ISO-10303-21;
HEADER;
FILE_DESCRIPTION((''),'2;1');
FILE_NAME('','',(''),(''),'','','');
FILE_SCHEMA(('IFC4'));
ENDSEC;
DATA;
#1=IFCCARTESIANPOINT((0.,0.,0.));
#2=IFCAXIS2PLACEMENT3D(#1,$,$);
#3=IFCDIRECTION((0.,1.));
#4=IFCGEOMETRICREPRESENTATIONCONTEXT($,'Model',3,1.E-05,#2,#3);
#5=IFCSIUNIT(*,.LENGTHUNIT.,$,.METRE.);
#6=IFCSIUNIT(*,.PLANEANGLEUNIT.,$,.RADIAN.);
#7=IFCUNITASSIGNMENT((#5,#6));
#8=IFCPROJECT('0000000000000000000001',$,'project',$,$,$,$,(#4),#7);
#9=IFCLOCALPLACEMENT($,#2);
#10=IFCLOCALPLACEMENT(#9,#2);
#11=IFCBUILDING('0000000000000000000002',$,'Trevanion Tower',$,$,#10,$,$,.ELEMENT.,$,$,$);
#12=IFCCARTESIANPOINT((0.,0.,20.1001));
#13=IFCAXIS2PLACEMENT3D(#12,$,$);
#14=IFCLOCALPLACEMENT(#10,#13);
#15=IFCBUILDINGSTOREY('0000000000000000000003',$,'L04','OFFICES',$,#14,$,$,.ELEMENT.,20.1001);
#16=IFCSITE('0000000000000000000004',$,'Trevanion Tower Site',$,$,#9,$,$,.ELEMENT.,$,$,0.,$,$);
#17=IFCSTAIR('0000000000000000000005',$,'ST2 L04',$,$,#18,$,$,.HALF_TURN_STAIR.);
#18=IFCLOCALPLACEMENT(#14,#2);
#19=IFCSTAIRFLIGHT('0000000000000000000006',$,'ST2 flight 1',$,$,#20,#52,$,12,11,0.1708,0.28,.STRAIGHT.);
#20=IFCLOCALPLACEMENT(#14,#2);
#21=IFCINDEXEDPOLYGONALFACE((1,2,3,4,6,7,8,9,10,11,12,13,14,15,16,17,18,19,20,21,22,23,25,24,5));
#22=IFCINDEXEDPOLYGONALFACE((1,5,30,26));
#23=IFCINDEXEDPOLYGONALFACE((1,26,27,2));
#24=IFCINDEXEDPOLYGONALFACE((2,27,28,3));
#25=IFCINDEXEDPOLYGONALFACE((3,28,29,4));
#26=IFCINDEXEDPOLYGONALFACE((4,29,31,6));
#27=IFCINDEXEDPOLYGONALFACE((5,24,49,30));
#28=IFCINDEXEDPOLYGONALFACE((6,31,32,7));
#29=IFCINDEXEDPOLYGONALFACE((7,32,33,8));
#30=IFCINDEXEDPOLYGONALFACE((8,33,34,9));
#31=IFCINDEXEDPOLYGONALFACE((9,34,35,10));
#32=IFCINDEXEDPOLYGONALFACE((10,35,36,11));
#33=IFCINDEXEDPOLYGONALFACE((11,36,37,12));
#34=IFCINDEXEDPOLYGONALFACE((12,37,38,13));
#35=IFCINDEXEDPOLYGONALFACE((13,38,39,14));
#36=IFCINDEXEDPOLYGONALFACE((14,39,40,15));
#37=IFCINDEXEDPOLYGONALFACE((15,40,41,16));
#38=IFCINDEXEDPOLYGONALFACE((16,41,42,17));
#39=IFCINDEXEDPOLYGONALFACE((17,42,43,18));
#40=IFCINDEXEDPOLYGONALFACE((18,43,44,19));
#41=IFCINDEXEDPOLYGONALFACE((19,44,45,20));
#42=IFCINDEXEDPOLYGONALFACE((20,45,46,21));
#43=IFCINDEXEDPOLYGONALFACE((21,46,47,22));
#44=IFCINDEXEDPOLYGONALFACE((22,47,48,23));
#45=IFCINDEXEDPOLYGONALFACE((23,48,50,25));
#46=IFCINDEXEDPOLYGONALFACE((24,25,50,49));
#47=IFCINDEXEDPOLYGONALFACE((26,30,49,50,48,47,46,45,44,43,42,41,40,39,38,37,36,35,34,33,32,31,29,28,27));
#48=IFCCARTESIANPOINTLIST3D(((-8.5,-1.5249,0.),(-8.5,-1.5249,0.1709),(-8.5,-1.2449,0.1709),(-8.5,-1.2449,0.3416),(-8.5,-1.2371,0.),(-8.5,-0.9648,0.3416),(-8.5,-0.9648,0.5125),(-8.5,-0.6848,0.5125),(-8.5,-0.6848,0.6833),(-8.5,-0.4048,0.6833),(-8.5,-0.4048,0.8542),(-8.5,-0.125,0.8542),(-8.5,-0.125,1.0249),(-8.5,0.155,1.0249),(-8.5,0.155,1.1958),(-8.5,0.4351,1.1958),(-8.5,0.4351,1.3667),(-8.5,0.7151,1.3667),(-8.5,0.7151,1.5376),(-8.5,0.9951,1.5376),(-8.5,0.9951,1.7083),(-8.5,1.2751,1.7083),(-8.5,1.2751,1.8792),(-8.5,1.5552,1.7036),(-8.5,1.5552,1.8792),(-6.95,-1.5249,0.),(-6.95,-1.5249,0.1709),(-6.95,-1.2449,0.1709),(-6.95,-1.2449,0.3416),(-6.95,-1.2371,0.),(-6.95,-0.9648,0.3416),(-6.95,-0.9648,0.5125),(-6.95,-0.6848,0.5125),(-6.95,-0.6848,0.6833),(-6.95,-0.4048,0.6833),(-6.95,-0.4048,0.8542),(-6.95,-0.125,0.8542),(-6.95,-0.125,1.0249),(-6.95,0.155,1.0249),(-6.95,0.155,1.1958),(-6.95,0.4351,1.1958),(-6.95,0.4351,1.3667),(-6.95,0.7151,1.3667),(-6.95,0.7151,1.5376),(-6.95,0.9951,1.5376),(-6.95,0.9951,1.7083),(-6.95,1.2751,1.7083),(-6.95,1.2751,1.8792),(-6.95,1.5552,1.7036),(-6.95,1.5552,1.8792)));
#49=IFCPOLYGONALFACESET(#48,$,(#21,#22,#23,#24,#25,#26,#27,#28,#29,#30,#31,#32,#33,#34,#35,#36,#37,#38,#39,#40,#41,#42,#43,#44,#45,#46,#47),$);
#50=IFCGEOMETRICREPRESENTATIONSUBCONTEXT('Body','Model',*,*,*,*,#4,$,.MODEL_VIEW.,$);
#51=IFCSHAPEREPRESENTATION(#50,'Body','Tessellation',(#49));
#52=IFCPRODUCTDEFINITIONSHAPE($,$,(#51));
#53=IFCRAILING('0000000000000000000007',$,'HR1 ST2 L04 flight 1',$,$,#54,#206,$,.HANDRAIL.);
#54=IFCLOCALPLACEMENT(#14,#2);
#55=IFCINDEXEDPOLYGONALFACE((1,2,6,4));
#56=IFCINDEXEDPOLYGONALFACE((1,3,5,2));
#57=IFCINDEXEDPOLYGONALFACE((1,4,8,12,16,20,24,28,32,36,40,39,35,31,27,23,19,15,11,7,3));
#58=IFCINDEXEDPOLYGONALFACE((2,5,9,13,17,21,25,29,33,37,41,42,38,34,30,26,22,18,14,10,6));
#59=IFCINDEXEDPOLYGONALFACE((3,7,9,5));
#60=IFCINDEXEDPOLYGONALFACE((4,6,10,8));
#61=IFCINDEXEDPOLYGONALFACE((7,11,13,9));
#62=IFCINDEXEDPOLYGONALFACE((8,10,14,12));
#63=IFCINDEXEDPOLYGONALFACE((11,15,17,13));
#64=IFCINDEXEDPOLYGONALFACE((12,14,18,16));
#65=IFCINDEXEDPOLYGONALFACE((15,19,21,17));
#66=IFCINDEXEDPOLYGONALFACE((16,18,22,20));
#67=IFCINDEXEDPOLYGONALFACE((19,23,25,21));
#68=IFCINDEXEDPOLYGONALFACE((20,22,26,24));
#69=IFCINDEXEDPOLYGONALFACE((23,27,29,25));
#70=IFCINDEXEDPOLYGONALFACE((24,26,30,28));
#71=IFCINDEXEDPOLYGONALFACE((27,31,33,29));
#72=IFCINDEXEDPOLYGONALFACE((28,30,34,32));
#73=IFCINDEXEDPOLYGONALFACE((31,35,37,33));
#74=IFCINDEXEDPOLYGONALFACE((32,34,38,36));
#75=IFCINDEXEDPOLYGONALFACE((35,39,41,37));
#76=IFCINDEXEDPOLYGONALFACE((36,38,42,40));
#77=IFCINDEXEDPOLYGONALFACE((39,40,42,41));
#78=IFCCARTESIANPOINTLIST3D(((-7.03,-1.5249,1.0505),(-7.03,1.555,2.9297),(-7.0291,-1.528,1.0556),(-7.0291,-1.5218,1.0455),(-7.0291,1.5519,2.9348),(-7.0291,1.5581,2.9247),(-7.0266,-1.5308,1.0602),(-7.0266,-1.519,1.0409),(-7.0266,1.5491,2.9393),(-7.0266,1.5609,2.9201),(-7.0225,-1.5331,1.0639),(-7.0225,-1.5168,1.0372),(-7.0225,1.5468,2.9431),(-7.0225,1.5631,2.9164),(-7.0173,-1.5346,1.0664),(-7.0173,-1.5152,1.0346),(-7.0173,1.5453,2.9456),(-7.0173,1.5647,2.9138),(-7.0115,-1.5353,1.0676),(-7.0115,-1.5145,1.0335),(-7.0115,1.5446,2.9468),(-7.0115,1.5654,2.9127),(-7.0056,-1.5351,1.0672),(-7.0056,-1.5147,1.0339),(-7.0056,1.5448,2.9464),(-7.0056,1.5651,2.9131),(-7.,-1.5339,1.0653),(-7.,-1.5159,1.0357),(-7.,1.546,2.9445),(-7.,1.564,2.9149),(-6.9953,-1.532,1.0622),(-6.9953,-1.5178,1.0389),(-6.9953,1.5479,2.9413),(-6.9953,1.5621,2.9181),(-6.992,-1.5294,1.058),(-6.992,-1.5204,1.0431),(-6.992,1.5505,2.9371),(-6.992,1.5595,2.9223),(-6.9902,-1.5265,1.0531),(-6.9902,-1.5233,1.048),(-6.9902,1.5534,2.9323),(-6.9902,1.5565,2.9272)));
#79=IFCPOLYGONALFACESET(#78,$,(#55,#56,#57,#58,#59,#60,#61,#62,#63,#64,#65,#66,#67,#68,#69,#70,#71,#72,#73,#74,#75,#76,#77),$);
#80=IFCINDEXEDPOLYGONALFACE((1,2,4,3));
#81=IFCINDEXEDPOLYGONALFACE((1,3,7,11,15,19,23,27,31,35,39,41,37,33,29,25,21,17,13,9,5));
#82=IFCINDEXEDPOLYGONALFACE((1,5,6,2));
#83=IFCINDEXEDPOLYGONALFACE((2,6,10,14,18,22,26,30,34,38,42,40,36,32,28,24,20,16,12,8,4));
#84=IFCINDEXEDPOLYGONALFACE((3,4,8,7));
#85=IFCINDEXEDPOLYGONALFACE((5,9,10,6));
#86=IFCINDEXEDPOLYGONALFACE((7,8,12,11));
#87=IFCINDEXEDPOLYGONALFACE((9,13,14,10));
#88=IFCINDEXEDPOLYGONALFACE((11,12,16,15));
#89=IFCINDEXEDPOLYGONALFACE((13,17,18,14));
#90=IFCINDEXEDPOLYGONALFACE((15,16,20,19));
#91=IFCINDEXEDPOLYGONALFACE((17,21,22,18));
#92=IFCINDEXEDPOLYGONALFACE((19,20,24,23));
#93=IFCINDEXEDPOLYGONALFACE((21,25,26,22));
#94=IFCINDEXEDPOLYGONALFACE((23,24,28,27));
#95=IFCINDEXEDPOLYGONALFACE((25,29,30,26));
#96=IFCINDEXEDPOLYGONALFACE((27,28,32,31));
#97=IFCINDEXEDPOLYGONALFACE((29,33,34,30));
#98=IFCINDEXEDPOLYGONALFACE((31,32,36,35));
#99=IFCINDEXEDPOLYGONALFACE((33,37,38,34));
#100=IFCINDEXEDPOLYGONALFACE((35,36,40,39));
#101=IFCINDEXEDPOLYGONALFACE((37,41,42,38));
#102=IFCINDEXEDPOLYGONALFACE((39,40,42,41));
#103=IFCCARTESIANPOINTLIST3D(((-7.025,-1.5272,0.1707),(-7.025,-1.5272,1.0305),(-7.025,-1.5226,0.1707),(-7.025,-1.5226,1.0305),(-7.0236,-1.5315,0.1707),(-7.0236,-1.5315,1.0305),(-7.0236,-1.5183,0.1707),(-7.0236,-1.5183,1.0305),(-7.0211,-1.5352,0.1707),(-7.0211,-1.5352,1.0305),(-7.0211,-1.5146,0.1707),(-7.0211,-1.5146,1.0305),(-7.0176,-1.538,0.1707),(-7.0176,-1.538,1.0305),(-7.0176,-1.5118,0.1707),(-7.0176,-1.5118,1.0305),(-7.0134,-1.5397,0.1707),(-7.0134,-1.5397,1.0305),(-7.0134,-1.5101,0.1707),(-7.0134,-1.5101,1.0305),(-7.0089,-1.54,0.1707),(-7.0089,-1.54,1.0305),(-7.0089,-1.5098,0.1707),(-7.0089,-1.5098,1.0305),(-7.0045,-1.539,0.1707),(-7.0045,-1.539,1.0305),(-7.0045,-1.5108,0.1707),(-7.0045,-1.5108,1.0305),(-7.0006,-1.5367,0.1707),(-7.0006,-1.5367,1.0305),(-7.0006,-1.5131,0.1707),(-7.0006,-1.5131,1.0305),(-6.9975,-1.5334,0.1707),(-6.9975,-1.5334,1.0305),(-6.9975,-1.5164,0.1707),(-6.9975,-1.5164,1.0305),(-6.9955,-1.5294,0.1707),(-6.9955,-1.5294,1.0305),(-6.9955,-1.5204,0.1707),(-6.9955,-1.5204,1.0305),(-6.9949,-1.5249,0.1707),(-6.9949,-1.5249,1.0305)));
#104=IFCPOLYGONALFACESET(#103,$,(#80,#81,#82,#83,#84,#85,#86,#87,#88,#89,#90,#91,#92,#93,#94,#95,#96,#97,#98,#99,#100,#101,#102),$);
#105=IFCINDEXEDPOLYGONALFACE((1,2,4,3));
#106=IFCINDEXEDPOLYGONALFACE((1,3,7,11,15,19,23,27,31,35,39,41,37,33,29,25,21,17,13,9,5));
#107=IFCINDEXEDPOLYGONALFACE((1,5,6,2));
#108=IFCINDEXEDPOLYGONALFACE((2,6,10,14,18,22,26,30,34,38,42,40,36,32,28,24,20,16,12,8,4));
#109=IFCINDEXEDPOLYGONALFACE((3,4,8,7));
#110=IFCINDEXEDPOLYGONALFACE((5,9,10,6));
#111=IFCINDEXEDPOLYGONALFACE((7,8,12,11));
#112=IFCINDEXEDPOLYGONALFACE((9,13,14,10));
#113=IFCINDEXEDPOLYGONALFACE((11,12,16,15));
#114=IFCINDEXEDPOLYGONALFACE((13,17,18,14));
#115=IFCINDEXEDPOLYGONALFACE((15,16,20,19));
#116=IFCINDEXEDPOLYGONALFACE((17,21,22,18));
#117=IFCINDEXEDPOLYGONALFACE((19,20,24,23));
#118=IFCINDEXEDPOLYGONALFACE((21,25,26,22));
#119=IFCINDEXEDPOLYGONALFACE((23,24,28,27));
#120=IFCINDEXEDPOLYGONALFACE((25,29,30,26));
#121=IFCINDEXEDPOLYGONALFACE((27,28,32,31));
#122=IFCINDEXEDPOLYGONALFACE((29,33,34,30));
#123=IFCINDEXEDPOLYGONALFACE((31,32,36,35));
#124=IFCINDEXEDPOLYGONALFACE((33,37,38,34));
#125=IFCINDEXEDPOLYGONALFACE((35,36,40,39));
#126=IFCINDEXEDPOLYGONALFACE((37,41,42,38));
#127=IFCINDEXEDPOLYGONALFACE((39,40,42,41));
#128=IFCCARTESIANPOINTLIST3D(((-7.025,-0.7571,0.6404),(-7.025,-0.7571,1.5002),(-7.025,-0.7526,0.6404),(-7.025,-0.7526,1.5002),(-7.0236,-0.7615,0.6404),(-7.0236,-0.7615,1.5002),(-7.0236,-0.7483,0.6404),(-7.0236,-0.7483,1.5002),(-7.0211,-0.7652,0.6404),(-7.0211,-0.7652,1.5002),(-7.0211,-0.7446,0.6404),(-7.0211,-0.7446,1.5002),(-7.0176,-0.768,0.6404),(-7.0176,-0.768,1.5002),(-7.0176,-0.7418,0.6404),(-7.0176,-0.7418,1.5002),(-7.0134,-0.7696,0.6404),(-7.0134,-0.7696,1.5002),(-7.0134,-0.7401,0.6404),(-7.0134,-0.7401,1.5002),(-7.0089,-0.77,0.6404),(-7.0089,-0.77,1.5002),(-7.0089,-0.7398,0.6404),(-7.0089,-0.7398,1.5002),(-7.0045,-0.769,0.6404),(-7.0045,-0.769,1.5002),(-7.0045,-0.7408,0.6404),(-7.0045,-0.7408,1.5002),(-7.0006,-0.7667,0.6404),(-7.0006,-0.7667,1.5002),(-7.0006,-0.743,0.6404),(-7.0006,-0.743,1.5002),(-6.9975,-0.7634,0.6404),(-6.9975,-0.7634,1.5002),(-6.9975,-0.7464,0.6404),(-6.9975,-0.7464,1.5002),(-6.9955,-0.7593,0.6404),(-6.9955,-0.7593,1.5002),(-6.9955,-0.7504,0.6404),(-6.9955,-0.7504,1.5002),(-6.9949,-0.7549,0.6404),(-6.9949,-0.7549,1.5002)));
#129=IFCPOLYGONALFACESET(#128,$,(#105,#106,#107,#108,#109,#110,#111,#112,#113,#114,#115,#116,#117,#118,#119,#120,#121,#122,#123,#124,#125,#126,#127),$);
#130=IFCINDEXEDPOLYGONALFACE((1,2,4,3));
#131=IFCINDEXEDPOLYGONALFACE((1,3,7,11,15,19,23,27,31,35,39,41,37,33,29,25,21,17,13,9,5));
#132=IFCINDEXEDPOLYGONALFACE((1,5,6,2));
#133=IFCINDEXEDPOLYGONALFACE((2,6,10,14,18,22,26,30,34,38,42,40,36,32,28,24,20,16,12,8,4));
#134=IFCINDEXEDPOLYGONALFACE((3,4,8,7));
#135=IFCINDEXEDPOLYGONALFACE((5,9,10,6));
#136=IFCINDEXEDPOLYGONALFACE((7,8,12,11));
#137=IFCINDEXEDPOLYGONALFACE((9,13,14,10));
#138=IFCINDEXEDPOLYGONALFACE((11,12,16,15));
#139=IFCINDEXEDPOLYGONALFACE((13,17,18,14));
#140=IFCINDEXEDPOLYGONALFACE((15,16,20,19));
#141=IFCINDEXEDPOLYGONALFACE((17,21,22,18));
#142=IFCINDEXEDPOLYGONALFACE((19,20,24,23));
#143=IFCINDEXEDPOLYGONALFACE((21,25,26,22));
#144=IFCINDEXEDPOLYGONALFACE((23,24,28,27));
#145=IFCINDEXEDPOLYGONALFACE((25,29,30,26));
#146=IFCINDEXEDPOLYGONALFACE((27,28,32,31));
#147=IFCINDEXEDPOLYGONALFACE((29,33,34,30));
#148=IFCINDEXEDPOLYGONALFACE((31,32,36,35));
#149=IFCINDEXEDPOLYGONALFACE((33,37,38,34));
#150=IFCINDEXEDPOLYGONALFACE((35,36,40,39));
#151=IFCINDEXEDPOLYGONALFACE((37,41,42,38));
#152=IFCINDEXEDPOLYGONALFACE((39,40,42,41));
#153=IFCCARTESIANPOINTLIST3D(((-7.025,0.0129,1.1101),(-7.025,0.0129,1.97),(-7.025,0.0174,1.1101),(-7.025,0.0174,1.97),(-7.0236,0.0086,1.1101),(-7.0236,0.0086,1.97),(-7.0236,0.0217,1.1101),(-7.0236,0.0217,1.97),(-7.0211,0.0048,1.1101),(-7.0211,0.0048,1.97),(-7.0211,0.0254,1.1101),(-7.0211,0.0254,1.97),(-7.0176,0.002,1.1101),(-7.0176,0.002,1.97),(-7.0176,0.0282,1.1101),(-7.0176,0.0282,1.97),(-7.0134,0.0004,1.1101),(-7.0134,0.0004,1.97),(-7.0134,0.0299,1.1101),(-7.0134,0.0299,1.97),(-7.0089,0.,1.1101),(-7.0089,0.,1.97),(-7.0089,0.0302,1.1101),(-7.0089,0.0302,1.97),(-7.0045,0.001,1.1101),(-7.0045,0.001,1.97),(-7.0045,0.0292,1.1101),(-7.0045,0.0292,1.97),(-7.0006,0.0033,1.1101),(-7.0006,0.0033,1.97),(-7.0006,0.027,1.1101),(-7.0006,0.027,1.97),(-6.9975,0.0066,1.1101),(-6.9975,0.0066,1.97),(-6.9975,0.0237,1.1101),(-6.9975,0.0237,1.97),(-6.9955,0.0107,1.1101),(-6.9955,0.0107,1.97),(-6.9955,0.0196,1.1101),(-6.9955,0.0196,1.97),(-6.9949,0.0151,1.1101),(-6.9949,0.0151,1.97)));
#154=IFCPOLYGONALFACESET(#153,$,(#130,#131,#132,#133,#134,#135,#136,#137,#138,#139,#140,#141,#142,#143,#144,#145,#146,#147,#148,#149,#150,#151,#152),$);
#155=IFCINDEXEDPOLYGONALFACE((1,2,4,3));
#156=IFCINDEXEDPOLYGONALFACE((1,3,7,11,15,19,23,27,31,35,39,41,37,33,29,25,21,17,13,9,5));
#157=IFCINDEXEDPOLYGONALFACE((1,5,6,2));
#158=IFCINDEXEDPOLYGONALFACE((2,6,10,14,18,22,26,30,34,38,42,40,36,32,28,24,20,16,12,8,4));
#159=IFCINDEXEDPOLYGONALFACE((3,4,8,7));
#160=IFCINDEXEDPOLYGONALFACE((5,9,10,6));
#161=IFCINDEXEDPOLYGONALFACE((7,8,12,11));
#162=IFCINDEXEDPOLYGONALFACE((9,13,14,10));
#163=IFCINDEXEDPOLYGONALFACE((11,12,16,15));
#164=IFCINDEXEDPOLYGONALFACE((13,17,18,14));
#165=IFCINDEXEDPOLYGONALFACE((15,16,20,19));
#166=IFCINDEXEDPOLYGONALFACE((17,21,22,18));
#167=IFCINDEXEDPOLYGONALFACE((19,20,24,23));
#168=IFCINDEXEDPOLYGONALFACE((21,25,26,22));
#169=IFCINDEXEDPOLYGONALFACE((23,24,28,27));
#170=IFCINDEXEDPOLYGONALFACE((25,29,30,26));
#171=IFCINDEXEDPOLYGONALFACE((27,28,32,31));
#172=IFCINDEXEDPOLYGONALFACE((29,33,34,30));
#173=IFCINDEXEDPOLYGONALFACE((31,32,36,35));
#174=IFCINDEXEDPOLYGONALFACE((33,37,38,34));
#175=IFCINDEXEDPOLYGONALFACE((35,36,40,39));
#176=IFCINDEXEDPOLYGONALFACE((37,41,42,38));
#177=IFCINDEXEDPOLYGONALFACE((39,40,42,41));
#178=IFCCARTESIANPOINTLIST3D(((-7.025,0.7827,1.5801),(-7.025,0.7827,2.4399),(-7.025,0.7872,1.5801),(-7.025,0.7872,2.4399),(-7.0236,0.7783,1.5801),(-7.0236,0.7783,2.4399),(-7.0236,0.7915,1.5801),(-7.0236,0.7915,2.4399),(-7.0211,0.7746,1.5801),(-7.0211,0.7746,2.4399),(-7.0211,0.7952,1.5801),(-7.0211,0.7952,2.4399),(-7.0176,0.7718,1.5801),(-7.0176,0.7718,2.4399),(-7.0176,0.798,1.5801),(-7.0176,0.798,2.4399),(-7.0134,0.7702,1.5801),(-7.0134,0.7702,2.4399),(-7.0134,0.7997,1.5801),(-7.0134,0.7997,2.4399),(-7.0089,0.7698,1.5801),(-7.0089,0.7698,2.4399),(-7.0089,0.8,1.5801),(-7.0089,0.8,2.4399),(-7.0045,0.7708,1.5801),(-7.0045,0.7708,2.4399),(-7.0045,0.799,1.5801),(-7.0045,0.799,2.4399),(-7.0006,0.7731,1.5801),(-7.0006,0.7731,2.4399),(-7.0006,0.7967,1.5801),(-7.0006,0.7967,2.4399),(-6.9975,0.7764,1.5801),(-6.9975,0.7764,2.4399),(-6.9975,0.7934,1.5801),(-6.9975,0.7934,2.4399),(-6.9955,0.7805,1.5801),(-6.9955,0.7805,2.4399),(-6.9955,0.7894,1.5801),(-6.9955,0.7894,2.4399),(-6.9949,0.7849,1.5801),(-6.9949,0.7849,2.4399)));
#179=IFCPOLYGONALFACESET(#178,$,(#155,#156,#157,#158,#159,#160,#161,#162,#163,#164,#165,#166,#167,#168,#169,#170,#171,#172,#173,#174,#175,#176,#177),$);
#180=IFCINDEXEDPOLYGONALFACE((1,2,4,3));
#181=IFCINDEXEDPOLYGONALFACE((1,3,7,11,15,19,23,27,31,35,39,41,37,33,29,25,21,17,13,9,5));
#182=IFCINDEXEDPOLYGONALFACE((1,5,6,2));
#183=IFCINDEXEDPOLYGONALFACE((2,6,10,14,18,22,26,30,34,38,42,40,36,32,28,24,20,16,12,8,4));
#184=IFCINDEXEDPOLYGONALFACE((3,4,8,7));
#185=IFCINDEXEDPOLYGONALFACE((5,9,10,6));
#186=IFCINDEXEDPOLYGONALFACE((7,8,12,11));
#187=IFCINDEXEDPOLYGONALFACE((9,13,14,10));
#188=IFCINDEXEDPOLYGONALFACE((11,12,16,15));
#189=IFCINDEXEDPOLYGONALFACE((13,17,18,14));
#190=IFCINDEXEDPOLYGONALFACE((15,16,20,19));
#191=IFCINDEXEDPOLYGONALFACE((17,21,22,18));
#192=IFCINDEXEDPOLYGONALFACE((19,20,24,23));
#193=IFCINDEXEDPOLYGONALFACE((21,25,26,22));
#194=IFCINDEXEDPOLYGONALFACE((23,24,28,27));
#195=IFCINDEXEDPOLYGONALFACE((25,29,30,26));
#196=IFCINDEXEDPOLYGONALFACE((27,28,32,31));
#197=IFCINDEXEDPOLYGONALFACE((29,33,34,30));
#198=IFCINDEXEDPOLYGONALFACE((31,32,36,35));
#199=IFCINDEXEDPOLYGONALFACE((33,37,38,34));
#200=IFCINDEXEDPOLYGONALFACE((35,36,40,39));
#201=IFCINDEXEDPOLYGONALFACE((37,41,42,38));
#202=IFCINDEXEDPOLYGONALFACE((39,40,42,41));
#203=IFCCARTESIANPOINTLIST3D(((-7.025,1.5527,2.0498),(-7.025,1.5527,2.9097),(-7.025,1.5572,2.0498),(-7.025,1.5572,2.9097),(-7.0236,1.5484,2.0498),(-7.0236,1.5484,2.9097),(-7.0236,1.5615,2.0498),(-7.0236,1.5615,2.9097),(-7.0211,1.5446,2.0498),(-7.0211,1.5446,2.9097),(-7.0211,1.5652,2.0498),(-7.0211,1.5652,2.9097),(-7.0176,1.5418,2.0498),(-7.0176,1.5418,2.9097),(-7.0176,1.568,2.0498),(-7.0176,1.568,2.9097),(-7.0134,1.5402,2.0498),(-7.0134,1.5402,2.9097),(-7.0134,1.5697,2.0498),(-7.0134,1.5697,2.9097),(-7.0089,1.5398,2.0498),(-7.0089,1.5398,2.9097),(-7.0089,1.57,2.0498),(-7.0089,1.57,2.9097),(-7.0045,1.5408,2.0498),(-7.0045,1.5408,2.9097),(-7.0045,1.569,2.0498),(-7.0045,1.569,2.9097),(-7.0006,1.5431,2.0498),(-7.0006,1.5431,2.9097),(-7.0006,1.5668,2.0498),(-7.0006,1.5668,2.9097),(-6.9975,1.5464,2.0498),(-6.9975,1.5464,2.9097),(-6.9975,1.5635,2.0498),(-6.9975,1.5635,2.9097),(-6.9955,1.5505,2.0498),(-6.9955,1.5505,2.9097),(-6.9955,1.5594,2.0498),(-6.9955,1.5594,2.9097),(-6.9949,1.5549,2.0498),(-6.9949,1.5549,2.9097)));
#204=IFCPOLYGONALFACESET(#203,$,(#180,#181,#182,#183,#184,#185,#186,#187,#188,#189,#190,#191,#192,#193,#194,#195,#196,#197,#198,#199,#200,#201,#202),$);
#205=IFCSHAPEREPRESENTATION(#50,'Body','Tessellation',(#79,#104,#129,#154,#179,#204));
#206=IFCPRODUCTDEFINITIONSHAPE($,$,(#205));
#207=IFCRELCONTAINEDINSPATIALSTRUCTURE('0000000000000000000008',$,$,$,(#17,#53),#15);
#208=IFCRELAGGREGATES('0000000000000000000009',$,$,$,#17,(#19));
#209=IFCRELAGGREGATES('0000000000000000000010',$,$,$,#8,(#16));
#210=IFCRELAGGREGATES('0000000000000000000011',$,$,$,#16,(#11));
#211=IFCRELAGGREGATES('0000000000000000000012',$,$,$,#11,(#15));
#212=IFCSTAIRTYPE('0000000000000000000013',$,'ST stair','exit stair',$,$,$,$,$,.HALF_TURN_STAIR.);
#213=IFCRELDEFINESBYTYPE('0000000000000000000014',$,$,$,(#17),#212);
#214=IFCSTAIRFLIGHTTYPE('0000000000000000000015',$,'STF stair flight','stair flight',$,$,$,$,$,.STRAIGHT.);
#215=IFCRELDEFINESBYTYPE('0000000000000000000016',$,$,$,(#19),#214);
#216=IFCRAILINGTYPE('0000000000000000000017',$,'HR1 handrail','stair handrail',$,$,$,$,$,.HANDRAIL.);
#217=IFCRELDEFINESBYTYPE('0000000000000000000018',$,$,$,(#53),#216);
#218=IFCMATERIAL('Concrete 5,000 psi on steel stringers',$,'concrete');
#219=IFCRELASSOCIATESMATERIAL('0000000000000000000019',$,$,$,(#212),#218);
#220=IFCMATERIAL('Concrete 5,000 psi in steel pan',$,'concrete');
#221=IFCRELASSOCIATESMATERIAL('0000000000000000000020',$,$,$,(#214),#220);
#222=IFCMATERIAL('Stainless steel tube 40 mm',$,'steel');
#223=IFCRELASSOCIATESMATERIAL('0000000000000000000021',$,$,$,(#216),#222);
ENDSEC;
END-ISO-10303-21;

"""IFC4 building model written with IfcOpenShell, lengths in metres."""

from ifc_helpers import new_model, si_unit, direction, frame, origin, origin_2d, place, context, subcontext, project, spatial, polyline, circle, outline, extrude, material, type_object, element, aggregate, save


model = new_model("IFC4")

# Units and contexts
model_context = context("Model", 3, precision=1e-05, world=origin(), true_north=direction((0.0, 1.0)))
body_context = subcontext(model_context, "Body", "Model", "MODEL_VIEW")
ifc_project = project(units=[si_unit("LENGTHUNIT", "METRE"), si_unit("PLANEANGLEUNIT", "RADIAN")], contexts=[model_context])

# Site, building, storey
site_placement = place(None, origin())
site = spatial("IfcSite", under=ifc_project, at=site_placement, Name="Trevanion Tower Site", CompositionType="ELEMENT", RefElevation=0.0)
building_placement = place(site_placement, origin())
building = spatial("IfcBuilding", under=site, at=building_placement, Name="Trevanion Tower", CompositionType="ELEMENT")
storey_placement = place(building_placement, frame((0.0, 0.0, 20.1001)))
storey = spatial("IfcBuildingStorey", under=building, at=storey_placement, Name="L04", Description="OFFICES", CompositionType="ELEMENT", Elevation=20.1001)

# Stair, stair flight
ifc_material_1 = material(Name="Concrete 5,000 psi on steel stringers", Category="concrete")
stair_type = type_object("IfcStairType", Name="ST stair", Description="exit stair", PredefinedType="HALF_TURN_STAIR", material=ifc_material_1)
stair_placement = place(storey_placement, origin())
stair = element("IfcStair", 1, at=stair_placement, inside=storey, type_object=stair_type, Name="ST2 L04", PredefinedType="HALF_TURN_STAIR")
ifc_material_2 = material(Name="Concrete 5,000 psi in steel pan", Category="concrete")
stair_flight_type = type_object("IfcStairFlightType", Name="STF stair flight", Description="stair flight", PredefinedType="STRAIGHT", material=ifc_material_2)
stair_flight_placement = place(storey_placement, frame((-7.7251, -1.5249, 0.0), z_axis=(0.0, 0.0, 1.0), x_axis=(0.0, 1.0, 0.0)))
stair_flight = element("IfcStairFlight", 2, at=stair_flight_placement, type_object=stair_flight_type, Name="ST2 flight 1", NumberOfRisers=12, NumberOfTreads=11, PredefinedType="STRAIGHT", RiserHeight=0.1708, TreadLength=0.28, context=body_context, shape_type="SweptSolid", body=[
    extrude(outline(polyline([(0.0, 0.0), (0.0, 0.1709), (0.28, 0.1709), (0.28, 0.3416), (0.5601, 0.3416), (0.5601, 0.5125), (0.8401, 0.5125), (0.8401, 0.6833), (1.1201, 0.6833), (1.1201, 0.8542), (1.3999, 0.8542), (1.3999, 1.0249), (1.6799, 1.0249), (1.6799, 1.1958), (1.96, 1.1958), (1.96, 1.3667), (2.24, 1.3667), (2.24, 1.5376), (2.52, 1.5376), (2.52, 1.7083), (2.8, 1.7083), (2.8, 1.8792), (3.0801, 1.8792), (3.0801, 2.05), (3.0801, 1.7036), (0.2878, 0.0), (0.0, 0.0)])), frame((0.0, 0.7749, 0.0), z_axis=(0.0, -1.0, 0.0), x_axis=(1.0, 0.0, 0.0)), (0.0, 0.0, 1.0), 1.55),
])
aggregate(stair, [stair_flight])

# Railing
ifc_material_3 = material(Name="Stainless steel tube 40 mm", Category="steel")
railing_type = type_object("IfcRailingType", Name="HR1 handrail", Description="stair handrail", PredefinedType="HANDRAIL", material=ifc_material_3)
for number, where, name in (
    (3, (-7.01, -1.5249, 0.1707), "HR1 ST2 L04 flight 1"),
):
    element("IfcRailing", number, at=place(storey_placement, frame(where)), inside=storey, type_object=railing_type, Name=name, PredefinedType="HANDRAIL", context=body_context, shape_type="SweptSolid", body=[
        extrude(circle(Radius=0.02, at=origin_2d()), frame((0.0, 0.0, 0.8799), z_axis=(0.0, 0.853648, 0.52085), x_axis=(-1.0, 0.0, 0.0)), (0.0, 0.0, 1.0), 3.6079),
        extrude(circle(Radius=0.0151, at=origin_2d()), origin(), (0.0, 0.0, 1.0), 0.8599),
        extrude(circle(Radius=0.0151, at=origin_2d()), frame((0.0, 0.77, 0.4697)), (0.0, 0.0, 1.0), 0.8599),
        extrude(circle(Radius=0.0151, at=origin_2d()), frame((0.0, 1.54, 0.9395)), (0.0, 0.0, 1.0), 0.8599),
        extrude(circle(Radius=0.0151, at=origin_2d()), frame((0.0, 2.3098, 1.4094)), (0.0, 0.0, 1.0), 0.8599),
        extrude(circle(Radius=0.0151, at=origin_2d()), frame((0.0, 3.0798, 1.8792)), (0.0, 0.0, 1.0), 0.8599),
    ])

save(model, "model.ifc")
